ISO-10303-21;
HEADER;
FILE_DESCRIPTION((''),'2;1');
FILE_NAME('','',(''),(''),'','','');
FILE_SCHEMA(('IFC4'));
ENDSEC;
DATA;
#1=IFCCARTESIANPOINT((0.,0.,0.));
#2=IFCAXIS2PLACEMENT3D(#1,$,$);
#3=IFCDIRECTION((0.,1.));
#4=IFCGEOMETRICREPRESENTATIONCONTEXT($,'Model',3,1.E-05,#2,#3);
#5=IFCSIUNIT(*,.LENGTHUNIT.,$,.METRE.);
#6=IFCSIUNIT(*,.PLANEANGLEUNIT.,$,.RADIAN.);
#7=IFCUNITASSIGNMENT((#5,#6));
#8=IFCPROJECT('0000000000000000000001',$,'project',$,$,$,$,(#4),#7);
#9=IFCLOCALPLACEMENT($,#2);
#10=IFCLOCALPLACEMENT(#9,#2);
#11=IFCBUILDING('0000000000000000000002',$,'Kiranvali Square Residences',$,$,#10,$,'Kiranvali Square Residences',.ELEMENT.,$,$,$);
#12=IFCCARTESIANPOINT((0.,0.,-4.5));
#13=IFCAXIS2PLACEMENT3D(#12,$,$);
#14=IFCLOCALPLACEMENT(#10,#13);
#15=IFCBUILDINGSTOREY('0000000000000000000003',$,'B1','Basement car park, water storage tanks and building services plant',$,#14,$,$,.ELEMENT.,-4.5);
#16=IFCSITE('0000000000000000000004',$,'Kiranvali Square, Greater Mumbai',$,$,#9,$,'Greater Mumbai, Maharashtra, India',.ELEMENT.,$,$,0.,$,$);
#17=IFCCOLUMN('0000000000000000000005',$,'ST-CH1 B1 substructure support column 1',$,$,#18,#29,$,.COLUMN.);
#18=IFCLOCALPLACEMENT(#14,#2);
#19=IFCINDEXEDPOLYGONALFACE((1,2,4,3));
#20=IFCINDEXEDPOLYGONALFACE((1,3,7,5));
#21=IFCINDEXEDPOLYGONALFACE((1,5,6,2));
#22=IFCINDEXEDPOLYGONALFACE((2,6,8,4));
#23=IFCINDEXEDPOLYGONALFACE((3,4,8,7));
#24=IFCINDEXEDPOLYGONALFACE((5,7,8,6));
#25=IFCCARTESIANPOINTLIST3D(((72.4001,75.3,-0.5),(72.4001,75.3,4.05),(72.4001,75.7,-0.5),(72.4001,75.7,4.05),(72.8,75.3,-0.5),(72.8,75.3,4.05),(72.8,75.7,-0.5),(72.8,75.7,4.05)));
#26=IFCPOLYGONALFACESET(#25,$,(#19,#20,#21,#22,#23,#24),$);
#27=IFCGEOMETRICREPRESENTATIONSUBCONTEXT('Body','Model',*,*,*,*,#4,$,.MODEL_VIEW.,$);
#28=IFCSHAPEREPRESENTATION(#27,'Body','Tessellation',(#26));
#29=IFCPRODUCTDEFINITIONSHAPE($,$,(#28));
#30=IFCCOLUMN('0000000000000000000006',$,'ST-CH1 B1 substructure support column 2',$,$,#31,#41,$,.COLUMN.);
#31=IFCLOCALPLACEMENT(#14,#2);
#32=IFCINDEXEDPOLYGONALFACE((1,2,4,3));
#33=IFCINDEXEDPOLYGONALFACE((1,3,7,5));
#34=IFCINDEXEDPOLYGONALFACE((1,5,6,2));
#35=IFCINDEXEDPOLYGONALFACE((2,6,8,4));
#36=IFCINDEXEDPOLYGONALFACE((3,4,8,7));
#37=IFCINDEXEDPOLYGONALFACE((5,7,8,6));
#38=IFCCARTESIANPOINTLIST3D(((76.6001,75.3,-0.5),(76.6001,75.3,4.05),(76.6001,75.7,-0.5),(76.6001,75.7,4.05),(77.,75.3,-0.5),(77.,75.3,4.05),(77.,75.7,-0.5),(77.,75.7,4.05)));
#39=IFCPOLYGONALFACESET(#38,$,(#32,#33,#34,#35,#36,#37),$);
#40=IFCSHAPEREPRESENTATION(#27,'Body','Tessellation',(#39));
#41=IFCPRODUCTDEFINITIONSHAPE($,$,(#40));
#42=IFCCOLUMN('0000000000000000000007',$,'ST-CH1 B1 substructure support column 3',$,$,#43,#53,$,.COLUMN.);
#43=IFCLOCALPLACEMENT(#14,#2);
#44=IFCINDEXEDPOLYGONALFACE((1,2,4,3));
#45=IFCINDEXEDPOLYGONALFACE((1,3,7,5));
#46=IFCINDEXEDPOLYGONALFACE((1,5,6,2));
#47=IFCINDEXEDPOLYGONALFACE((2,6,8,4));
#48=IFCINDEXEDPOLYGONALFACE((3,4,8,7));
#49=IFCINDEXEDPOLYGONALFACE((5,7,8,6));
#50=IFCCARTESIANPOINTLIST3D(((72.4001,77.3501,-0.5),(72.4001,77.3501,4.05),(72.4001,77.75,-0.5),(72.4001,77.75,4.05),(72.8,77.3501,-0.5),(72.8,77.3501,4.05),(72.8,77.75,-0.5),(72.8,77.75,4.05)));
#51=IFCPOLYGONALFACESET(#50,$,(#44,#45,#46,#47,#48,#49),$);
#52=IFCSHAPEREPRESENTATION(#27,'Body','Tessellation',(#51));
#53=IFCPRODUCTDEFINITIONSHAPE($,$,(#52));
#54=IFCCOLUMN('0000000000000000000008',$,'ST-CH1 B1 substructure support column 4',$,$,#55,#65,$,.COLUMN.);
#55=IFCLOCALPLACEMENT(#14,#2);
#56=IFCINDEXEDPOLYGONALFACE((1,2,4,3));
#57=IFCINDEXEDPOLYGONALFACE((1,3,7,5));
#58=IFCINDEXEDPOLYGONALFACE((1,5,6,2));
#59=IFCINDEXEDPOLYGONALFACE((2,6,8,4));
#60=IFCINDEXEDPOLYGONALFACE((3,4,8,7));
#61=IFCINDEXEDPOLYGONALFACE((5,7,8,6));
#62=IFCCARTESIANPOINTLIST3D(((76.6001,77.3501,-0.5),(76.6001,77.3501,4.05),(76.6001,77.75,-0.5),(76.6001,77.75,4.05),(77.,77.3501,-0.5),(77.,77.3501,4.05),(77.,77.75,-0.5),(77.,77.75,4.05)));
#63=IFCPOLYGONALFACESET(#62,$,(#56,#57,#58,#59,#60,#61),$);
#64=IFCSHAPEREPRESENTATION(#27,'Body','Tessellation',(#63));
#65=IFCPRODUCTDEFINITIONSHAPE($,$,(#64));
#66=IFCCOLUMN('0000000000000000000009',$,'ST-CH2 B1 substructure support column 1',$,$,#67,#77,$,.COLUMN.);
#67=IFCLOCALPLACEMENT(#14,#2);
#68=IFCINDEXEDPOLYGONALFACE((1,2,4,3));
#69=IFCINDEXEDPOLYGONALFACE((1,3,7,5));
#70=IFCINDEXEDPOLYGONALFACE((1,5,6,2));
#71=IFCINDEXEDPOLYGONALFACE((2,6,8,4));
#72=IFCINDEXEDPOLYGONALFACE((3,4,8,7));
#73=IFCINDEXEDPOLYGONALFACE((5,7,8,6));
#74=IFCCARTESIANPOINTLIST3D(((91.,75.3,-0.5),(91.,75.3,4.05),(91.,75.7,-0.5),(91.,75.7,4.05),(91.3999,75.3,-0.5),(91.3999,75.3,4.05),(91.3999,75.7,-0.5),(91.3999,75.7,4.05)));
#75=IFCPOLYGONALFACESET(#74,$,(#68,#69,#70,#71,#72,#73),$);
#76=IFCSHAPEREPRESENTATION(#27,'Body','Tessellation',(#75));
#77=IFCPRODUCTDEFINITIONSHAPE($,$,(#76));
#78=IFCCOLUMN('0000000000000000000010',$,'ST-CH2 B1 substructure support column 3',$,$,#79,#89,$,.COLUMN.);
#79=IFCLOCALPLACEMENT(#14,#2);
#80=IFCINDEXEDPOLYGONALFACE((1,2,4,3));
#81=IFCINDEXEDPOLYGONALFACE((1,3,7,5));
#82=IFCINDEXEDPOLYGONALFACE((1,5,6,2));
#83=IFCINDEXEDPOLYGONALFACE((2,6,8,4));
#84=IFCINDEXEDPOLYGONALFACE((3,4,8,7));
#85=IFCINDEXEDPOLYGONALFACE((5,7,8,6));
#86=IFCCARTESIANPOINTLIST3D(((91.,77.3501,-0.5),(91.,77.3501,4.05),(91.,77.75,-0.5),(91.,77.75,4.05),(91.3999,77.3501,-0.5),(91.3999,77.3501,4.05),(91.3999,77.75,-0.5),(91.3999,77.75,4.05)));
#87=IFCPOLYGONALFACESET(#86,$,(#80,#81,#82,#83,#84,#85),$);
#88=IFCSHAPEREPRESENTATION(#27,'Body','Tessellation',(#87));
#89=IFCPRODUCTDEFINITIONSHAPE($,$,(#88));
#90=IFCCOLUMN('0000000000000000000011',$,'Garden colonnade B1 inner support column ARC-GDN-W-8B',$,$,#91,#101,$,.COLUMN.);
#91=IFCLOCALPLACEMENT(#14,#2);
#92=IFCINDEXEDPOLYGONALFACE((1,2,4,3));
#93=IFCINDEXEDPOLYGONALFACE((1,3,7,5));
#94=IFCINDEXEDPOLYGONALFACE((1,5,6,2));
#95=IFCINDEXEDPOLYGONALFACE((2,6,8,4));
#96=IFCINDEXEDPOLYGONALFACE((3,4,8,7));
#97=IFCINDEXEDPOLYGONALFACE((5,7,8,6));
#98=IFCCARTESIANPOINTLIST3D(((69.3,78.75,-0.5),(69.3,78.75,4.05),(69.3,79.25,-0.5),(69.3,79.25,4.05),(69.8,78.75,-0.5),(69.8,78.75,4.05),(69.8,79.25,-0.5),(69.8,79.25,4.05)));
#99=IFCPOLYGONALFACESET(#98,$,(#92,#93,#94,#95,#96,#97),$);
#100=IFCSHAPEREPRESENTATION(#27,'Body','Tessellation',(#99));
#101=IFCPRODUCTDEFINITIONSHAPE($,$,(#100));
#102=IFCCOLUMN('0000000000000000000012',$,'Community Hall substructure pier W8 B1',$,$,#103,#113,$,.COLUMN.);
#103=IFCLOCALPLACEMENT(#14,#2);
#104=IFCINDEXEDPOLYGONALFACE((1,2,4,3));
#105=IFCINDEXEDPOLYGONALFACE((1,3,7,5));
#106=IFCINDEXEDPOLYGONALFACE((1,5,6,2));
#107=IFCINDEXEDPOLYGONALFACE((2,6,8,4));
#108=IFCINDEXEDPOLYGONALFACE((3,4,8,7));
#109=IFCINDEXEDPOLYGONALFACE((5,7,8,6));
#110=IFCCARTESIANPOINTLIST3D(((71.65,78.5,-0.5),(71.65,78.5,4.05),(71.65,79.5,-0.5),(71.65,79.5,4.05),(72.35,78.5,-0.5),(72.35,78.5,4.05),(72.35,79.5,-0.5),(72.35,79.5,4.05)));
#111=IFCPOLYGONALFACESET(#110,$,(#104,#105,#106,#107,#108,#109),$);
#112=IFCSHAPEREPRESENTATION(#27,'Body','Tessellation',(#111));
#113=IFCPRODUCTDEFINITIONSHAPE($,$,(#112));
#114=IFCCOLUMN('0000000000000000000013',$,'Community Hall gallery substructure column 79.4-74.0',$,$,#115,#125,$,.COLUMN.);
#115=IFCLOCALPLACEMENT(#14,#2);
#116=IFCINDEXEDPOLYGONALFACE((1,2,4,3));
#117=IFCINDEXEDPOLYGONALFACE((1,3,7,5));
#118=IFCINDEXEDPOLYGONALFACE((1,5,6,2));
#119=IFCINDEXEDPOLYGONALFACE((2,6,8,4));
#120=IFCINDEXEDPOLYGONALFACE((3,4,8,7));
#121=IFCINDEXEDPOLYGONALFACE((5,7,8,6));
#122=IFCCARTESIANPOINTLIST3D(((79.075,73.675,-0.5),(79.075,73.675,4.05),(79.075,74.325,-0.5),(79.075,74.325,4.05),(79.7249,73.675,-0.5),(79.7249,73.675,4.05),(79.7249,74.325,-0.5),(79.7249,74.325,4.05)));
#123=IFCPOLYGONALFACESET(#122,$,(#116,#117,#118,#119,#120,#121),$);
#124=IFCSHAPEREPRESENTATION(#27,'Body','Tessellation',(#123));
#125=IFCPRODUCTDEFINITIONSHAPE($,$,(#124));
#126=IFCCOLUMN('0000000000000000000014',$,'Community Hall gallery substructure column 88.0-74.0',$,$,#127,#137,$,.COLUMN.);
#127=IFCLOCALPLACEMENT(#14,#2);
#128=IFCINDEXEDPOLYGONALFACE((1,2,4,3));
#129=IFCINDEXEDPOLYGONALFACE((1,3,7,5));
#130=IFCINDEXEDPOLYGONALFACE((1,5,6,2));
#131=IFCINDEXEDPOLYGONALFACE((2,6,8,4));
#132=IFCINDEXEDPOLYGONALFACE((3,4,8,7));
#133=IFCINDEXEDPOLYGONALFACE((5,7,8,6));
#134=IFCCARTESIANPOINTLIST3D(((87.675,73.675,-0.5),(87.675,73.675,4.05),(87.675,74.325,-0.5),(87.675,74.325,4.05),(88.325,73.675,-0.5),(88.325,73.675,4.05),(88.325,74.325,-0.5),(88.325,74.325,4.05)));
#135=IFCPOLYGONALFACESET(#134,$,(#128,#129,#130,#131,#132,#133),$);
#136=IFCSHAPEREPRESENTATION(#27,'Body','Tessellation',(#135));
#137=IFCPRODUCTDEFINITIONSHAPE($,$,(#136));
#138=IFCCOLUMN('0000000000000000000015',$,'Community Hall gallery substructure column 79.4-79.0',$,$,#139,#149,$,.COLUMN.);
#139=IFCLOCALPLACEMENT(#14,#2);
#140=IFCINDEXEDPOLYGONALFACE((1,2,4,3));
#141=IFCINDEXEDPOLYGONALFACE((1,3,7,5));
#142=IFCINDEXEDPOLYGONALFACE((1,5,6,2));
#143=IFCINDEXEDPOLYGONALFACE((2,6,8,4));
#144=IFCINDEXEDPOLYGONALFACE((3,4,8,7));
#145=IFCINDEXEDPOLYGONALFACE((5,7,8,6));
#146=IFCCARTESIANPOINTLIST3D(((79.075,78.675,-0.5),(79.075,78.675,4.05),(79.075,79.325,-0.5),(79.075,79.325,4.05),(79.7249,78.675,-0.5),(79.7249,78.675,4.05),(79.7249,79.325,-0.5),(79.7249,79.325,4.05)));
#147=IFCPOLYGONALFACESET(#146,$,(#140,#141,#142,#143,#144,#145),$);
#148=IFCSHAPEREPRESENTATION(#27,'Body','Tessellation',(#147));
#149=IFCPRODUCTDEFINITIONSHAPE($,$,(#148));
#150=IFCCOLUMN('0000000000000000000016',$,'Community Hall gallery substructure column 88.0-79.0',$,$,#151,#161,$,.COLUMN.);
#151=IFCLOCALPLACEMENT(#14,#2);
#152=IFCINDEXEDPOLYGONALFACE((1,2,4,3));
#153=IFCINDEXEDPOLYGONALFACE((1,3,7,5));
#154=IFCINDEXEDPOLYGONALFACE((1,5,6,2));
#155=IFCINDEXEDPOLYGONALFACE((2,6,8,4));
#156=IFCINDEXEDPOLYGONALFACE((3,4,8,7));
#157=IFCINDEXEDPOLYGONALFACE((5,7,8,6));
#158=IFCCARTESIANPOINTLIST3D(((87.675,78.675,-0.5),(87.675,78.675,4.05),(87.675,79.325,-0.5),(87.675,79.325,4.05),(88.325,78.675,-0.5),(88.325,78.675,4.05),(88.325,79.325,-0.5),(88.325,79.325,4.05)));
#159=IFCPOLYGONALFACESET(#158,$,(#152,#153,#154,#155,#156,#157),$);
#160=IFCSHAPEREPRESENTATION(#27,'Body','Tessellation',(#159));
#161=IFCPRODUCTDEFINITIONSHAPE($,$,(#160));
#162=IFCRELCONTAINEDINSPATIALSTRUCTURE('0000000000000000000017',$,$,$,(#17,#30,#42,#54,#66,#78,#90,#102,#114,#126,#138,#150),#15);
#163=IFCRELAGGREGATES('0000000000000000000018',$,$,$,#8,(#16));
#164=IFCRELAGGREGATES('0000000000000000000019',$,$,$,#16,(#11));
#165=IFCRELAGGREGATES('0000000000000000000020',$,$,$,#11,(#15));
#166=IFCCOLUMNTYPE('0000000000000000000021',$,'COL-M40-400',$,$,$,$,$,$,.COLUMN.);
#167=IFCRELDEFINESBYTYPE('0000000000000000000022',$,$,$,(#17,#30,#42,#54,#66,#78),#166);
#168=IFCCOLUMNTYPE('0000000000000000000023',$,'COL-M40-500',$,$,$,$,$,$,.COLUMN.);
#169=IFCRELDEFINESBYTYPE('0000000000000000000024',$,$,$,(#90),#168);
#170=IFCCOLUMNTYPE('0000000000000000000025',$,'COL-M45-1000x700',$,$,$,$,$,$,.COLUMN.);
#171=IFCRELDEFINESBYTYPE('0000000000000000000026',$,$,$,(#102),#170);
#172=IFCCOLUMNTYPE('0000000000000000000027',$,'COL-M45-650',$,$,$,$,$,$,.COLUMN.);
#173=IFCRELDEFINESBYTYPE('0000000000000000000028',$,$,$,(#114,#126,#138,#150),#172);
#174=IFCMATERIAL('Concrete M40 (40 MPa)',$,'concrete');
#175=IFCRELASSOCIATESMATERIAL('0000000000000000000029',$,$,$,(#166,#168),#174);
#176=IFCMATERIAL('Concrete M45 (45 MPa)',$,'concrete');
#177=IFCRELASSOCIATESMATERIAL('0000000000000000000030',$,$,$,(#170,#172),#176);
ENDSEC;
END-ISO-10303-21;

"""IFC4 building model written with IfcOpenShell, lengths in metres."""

from ifc_helpers import new_model, si_unit, direction, frame, origin, origin_2d, place, context, subcontext, project, spatial, rectangle, extrude, material, material_profile, profile_set, type_object, element, save


model = new_model("IFC4")

# Units and contexts
model_context = context("Model", 3, precision=1e-05, world=origin(), true_north=direction((0.0, 1.0)))
body_context = subcontext(model_context, "Body", "Model", "MODEL_VIEW")
ifc_project = project(units=[si_unit("LENGTHUNIT", "METRE"), si_unit("PLANEANGLEUNIT", "RADIAN")], contexts=[model_context])

# Site, building, storey
site_placement = place(None, origin())
site = spatial("IfcSite", under=ifc_project, at=site_placement, Name="Kiranvali Square, Greater Mumbai", LongName="Greater Mumbai, Maharashtra, India", CompositionType="ELEMENT", RefElevation=0.0)
building_placement = place(site_placement, origin())
building = spatial("IfcBuilding", under=site, at=building_placement, Name="Kiranvali Square Residences", LongName="Kiranvali Square Residences", CompositionType="ELEMENT")
storey_placement = place(building_placement, frame((0.0, 0.0, -4.5)))
storey = spatial("IfcBuildingStorey", under=building, at=storey_placement, Name="B1", Description="Basement car park, water storage tanks and building services plant", CompositionType="ELEMENT", Elevation=-4.5)

# Shared definitions
ifc_material_1 = material(Name="Concrete M40 (40 MPa)", Category="concrete")

# Columns
ifc_material_profile_1 = material_profile(ifc_material_1, rectangle(XDim=0.3999, YDim=0.3999, at=origin_2d()), Name="RC 400x400")
ifc_profile_set_1 = profile_set([ifc_material_profile_1], Name="Concrete M40 (40 MPa)")
column_type_1 = type_object("IfcColumnType", Name="COL-M40-400", PredefinedType="COLUMN", material=ifc_profile_set_1)
for number, where, z_axis, x_axis, name in (
    (1, (72.6001, 75.5, -0.5), (0.0, 0.0, 1.0), (1.0, 0.0, 0.0), "ST-CH1 B1 substructure support column 1"),
    (2, (76.8, 75.5, -0.5), (0.0, 0.0, 1.0), (1.0, 0.0, 0.0), "ST-CH1 B1 substructure support column 2"),
    (3, (72.6001, 77.55, -0.5), (0.0, 0.0, 1.0), (1.0, 0.0, 0.0), "ST-CH1 B1 substructure support column 3"),
    (4, (76.8, 77.55, -0.5), (0.0, 0.0, 1.0), (1.0, 0.0, 0.0), "ST-CH1 B1 substructure support column 4"),
    (5, (91.2, 75.5, -0.5), (0.0, 0.0, 1.0), (1.0, 0.0, 0.0), "ST-CH2 B1 substructure support column 1"),
    (6, (91.2, 77.55, -0.5), (0.0, 0.0, 1.0), (1.0, 0.0, 0.0), "ST-CH2 B1 substructure support column 3"),
):
    element("IfcColumn", number, at=place(storey_placement, frame(where, z_axis=z_axis, x_axis=x_axis)), inside=storey, type_object=column_type_1, Name=name, PredefinedType="COLUMN", context=body_context, shape_type="SweptSolid", body=[
        extrude(rectangle(XDim=0.3999, YDim=0.3999, at=origin_2d()), origin(), (0.0, 0.0, 1.0), 4.55),
    ])
ifc_material_profile_2 = material_profile(ifc_material_1, rectangle(XDim=0.5, YDim=0.5, at=origin_2d()), Name="RC 500x500")
ifc_profile_set_2 = profile_set([ifc_material_profile_2], Name="Concrete M40 (40 MPa)")
column_type_2 = type_object("IfcColumnType", Name="COL-M40-500", PredefinedType="COLUMN", material=ifc_profile_set_2)
column_1_placement = place(storey_placement, frame((69.55, 79.0, -0.5), z_axis=(0.0, 0.0, 1.0), x_axis=(1.0, 0.0, 0.0)))
element("IfcColumn", 7, at=column_1_placement, inside=storey, type_object=column_type_2, Name="Garden colonnade B1 inner support column ARC-GDN-W-8B", PredefinedType="COLUMN", context=body_context, shape_type="SweptSolid", body=[
    extrude(rectangle(XDim=0.5, YDim=0.5, at=origin_2d()), origin(), (0.0, 0.0, 1.0), 4.55),
])
ifc_material_2 = material(Name="Concrete M45 (45 MPa)", Category="concrete")
ifc_material_profile_3 = material_profile(ifc_material_2, rectangle(XDim=0.7, YDim=1.0, at=origin_2d()), Name="RC 1000x700")
ifc_profile_set_3 = profile_set([ifc_material_profile_3], Name="Concrete M45 (45 MPa)")
column_type_3 = type_object("IfcColumnType", Name="COL-M45-1000x700", PredefinedType="COLUMN", material=ifc_profile_set_3)
column_2_placement = place(storey_placement, frame((72.0, 79.0, -0.5), z_axis=(0.0, 0.0, 1.0), x_axis=(1.0, 0.0, 0.0)))
element("IfcColumn", 8, at=column_2_placement, inside=storey, type_object=column_type_3, Name="Community Hall substructure pier W8 B1", PredefinedType="COLUMN", context=body_context, shape_type="SweptSolid", body=[
    extrude(rectangle(XDim=0.7, YDim=1.0, at=origin_2d()), origin(), (0.0, 0.0, 1.0), 4.55),
])
ifc_material_profile_4 = material_profile(ifc_material_2, rectangle(XDim=0.6499, YDim=0.6499, at=origin_2d()), Name="RC 650x650")
ifc_profile_set_4 = profile_set([ifc_material_profile_4], Name="Concrete M45 (45 MPa)")
column_type_4 = type_object("IfcColumnType", Name="COL-M45-650", PredefinedType="COLUMN", material=ifc_profile_set_4)
for number, where, z_axis, x_axis, name in (
    (9, (79.3999, 74.0, -0.5), (0.0, 0.0, 1.0), (1.0, 0.0, 0.0), "Community Hall gallery substructure column 79.4-74.0"),
    (10, (88.0, 74.0, -0.5), (0.0, 0.0, 1.0), (1.0, 0.0, 0.0), "Community Hall gallery substructure column 88.0-74.0"),
    (11, (79.3999, 79.0, -0.5), (0.0, 0.0, 1.0), (1.0, 0.0, 0.0), "Community Hall gallery substructure column 79.4-79.0"),
    (12, (88.0, 79.0, -0.5), (0.0, 0.0, 1.0), (1.0, 0.0, 0.0), "Community Hall gallery substructure column 88.0-79.0"),
):
    element("IfcColumn", number, at=place(storey_placement, frame(where, z_axis=z_axis, x_axis=x_axis)), inside=storey, type_object=column_type_4, Name=name, PredefinedType="COLUMN", context=body_context, shape_type="SweptSolid", body=[
        extrude(rectangle(XDim=0.6499, YDim=0.6499, at=origin_2d()), origin(), (0.0, 0.0, 1.0), 4.55),
    ])

save(model, "model.ifc")
